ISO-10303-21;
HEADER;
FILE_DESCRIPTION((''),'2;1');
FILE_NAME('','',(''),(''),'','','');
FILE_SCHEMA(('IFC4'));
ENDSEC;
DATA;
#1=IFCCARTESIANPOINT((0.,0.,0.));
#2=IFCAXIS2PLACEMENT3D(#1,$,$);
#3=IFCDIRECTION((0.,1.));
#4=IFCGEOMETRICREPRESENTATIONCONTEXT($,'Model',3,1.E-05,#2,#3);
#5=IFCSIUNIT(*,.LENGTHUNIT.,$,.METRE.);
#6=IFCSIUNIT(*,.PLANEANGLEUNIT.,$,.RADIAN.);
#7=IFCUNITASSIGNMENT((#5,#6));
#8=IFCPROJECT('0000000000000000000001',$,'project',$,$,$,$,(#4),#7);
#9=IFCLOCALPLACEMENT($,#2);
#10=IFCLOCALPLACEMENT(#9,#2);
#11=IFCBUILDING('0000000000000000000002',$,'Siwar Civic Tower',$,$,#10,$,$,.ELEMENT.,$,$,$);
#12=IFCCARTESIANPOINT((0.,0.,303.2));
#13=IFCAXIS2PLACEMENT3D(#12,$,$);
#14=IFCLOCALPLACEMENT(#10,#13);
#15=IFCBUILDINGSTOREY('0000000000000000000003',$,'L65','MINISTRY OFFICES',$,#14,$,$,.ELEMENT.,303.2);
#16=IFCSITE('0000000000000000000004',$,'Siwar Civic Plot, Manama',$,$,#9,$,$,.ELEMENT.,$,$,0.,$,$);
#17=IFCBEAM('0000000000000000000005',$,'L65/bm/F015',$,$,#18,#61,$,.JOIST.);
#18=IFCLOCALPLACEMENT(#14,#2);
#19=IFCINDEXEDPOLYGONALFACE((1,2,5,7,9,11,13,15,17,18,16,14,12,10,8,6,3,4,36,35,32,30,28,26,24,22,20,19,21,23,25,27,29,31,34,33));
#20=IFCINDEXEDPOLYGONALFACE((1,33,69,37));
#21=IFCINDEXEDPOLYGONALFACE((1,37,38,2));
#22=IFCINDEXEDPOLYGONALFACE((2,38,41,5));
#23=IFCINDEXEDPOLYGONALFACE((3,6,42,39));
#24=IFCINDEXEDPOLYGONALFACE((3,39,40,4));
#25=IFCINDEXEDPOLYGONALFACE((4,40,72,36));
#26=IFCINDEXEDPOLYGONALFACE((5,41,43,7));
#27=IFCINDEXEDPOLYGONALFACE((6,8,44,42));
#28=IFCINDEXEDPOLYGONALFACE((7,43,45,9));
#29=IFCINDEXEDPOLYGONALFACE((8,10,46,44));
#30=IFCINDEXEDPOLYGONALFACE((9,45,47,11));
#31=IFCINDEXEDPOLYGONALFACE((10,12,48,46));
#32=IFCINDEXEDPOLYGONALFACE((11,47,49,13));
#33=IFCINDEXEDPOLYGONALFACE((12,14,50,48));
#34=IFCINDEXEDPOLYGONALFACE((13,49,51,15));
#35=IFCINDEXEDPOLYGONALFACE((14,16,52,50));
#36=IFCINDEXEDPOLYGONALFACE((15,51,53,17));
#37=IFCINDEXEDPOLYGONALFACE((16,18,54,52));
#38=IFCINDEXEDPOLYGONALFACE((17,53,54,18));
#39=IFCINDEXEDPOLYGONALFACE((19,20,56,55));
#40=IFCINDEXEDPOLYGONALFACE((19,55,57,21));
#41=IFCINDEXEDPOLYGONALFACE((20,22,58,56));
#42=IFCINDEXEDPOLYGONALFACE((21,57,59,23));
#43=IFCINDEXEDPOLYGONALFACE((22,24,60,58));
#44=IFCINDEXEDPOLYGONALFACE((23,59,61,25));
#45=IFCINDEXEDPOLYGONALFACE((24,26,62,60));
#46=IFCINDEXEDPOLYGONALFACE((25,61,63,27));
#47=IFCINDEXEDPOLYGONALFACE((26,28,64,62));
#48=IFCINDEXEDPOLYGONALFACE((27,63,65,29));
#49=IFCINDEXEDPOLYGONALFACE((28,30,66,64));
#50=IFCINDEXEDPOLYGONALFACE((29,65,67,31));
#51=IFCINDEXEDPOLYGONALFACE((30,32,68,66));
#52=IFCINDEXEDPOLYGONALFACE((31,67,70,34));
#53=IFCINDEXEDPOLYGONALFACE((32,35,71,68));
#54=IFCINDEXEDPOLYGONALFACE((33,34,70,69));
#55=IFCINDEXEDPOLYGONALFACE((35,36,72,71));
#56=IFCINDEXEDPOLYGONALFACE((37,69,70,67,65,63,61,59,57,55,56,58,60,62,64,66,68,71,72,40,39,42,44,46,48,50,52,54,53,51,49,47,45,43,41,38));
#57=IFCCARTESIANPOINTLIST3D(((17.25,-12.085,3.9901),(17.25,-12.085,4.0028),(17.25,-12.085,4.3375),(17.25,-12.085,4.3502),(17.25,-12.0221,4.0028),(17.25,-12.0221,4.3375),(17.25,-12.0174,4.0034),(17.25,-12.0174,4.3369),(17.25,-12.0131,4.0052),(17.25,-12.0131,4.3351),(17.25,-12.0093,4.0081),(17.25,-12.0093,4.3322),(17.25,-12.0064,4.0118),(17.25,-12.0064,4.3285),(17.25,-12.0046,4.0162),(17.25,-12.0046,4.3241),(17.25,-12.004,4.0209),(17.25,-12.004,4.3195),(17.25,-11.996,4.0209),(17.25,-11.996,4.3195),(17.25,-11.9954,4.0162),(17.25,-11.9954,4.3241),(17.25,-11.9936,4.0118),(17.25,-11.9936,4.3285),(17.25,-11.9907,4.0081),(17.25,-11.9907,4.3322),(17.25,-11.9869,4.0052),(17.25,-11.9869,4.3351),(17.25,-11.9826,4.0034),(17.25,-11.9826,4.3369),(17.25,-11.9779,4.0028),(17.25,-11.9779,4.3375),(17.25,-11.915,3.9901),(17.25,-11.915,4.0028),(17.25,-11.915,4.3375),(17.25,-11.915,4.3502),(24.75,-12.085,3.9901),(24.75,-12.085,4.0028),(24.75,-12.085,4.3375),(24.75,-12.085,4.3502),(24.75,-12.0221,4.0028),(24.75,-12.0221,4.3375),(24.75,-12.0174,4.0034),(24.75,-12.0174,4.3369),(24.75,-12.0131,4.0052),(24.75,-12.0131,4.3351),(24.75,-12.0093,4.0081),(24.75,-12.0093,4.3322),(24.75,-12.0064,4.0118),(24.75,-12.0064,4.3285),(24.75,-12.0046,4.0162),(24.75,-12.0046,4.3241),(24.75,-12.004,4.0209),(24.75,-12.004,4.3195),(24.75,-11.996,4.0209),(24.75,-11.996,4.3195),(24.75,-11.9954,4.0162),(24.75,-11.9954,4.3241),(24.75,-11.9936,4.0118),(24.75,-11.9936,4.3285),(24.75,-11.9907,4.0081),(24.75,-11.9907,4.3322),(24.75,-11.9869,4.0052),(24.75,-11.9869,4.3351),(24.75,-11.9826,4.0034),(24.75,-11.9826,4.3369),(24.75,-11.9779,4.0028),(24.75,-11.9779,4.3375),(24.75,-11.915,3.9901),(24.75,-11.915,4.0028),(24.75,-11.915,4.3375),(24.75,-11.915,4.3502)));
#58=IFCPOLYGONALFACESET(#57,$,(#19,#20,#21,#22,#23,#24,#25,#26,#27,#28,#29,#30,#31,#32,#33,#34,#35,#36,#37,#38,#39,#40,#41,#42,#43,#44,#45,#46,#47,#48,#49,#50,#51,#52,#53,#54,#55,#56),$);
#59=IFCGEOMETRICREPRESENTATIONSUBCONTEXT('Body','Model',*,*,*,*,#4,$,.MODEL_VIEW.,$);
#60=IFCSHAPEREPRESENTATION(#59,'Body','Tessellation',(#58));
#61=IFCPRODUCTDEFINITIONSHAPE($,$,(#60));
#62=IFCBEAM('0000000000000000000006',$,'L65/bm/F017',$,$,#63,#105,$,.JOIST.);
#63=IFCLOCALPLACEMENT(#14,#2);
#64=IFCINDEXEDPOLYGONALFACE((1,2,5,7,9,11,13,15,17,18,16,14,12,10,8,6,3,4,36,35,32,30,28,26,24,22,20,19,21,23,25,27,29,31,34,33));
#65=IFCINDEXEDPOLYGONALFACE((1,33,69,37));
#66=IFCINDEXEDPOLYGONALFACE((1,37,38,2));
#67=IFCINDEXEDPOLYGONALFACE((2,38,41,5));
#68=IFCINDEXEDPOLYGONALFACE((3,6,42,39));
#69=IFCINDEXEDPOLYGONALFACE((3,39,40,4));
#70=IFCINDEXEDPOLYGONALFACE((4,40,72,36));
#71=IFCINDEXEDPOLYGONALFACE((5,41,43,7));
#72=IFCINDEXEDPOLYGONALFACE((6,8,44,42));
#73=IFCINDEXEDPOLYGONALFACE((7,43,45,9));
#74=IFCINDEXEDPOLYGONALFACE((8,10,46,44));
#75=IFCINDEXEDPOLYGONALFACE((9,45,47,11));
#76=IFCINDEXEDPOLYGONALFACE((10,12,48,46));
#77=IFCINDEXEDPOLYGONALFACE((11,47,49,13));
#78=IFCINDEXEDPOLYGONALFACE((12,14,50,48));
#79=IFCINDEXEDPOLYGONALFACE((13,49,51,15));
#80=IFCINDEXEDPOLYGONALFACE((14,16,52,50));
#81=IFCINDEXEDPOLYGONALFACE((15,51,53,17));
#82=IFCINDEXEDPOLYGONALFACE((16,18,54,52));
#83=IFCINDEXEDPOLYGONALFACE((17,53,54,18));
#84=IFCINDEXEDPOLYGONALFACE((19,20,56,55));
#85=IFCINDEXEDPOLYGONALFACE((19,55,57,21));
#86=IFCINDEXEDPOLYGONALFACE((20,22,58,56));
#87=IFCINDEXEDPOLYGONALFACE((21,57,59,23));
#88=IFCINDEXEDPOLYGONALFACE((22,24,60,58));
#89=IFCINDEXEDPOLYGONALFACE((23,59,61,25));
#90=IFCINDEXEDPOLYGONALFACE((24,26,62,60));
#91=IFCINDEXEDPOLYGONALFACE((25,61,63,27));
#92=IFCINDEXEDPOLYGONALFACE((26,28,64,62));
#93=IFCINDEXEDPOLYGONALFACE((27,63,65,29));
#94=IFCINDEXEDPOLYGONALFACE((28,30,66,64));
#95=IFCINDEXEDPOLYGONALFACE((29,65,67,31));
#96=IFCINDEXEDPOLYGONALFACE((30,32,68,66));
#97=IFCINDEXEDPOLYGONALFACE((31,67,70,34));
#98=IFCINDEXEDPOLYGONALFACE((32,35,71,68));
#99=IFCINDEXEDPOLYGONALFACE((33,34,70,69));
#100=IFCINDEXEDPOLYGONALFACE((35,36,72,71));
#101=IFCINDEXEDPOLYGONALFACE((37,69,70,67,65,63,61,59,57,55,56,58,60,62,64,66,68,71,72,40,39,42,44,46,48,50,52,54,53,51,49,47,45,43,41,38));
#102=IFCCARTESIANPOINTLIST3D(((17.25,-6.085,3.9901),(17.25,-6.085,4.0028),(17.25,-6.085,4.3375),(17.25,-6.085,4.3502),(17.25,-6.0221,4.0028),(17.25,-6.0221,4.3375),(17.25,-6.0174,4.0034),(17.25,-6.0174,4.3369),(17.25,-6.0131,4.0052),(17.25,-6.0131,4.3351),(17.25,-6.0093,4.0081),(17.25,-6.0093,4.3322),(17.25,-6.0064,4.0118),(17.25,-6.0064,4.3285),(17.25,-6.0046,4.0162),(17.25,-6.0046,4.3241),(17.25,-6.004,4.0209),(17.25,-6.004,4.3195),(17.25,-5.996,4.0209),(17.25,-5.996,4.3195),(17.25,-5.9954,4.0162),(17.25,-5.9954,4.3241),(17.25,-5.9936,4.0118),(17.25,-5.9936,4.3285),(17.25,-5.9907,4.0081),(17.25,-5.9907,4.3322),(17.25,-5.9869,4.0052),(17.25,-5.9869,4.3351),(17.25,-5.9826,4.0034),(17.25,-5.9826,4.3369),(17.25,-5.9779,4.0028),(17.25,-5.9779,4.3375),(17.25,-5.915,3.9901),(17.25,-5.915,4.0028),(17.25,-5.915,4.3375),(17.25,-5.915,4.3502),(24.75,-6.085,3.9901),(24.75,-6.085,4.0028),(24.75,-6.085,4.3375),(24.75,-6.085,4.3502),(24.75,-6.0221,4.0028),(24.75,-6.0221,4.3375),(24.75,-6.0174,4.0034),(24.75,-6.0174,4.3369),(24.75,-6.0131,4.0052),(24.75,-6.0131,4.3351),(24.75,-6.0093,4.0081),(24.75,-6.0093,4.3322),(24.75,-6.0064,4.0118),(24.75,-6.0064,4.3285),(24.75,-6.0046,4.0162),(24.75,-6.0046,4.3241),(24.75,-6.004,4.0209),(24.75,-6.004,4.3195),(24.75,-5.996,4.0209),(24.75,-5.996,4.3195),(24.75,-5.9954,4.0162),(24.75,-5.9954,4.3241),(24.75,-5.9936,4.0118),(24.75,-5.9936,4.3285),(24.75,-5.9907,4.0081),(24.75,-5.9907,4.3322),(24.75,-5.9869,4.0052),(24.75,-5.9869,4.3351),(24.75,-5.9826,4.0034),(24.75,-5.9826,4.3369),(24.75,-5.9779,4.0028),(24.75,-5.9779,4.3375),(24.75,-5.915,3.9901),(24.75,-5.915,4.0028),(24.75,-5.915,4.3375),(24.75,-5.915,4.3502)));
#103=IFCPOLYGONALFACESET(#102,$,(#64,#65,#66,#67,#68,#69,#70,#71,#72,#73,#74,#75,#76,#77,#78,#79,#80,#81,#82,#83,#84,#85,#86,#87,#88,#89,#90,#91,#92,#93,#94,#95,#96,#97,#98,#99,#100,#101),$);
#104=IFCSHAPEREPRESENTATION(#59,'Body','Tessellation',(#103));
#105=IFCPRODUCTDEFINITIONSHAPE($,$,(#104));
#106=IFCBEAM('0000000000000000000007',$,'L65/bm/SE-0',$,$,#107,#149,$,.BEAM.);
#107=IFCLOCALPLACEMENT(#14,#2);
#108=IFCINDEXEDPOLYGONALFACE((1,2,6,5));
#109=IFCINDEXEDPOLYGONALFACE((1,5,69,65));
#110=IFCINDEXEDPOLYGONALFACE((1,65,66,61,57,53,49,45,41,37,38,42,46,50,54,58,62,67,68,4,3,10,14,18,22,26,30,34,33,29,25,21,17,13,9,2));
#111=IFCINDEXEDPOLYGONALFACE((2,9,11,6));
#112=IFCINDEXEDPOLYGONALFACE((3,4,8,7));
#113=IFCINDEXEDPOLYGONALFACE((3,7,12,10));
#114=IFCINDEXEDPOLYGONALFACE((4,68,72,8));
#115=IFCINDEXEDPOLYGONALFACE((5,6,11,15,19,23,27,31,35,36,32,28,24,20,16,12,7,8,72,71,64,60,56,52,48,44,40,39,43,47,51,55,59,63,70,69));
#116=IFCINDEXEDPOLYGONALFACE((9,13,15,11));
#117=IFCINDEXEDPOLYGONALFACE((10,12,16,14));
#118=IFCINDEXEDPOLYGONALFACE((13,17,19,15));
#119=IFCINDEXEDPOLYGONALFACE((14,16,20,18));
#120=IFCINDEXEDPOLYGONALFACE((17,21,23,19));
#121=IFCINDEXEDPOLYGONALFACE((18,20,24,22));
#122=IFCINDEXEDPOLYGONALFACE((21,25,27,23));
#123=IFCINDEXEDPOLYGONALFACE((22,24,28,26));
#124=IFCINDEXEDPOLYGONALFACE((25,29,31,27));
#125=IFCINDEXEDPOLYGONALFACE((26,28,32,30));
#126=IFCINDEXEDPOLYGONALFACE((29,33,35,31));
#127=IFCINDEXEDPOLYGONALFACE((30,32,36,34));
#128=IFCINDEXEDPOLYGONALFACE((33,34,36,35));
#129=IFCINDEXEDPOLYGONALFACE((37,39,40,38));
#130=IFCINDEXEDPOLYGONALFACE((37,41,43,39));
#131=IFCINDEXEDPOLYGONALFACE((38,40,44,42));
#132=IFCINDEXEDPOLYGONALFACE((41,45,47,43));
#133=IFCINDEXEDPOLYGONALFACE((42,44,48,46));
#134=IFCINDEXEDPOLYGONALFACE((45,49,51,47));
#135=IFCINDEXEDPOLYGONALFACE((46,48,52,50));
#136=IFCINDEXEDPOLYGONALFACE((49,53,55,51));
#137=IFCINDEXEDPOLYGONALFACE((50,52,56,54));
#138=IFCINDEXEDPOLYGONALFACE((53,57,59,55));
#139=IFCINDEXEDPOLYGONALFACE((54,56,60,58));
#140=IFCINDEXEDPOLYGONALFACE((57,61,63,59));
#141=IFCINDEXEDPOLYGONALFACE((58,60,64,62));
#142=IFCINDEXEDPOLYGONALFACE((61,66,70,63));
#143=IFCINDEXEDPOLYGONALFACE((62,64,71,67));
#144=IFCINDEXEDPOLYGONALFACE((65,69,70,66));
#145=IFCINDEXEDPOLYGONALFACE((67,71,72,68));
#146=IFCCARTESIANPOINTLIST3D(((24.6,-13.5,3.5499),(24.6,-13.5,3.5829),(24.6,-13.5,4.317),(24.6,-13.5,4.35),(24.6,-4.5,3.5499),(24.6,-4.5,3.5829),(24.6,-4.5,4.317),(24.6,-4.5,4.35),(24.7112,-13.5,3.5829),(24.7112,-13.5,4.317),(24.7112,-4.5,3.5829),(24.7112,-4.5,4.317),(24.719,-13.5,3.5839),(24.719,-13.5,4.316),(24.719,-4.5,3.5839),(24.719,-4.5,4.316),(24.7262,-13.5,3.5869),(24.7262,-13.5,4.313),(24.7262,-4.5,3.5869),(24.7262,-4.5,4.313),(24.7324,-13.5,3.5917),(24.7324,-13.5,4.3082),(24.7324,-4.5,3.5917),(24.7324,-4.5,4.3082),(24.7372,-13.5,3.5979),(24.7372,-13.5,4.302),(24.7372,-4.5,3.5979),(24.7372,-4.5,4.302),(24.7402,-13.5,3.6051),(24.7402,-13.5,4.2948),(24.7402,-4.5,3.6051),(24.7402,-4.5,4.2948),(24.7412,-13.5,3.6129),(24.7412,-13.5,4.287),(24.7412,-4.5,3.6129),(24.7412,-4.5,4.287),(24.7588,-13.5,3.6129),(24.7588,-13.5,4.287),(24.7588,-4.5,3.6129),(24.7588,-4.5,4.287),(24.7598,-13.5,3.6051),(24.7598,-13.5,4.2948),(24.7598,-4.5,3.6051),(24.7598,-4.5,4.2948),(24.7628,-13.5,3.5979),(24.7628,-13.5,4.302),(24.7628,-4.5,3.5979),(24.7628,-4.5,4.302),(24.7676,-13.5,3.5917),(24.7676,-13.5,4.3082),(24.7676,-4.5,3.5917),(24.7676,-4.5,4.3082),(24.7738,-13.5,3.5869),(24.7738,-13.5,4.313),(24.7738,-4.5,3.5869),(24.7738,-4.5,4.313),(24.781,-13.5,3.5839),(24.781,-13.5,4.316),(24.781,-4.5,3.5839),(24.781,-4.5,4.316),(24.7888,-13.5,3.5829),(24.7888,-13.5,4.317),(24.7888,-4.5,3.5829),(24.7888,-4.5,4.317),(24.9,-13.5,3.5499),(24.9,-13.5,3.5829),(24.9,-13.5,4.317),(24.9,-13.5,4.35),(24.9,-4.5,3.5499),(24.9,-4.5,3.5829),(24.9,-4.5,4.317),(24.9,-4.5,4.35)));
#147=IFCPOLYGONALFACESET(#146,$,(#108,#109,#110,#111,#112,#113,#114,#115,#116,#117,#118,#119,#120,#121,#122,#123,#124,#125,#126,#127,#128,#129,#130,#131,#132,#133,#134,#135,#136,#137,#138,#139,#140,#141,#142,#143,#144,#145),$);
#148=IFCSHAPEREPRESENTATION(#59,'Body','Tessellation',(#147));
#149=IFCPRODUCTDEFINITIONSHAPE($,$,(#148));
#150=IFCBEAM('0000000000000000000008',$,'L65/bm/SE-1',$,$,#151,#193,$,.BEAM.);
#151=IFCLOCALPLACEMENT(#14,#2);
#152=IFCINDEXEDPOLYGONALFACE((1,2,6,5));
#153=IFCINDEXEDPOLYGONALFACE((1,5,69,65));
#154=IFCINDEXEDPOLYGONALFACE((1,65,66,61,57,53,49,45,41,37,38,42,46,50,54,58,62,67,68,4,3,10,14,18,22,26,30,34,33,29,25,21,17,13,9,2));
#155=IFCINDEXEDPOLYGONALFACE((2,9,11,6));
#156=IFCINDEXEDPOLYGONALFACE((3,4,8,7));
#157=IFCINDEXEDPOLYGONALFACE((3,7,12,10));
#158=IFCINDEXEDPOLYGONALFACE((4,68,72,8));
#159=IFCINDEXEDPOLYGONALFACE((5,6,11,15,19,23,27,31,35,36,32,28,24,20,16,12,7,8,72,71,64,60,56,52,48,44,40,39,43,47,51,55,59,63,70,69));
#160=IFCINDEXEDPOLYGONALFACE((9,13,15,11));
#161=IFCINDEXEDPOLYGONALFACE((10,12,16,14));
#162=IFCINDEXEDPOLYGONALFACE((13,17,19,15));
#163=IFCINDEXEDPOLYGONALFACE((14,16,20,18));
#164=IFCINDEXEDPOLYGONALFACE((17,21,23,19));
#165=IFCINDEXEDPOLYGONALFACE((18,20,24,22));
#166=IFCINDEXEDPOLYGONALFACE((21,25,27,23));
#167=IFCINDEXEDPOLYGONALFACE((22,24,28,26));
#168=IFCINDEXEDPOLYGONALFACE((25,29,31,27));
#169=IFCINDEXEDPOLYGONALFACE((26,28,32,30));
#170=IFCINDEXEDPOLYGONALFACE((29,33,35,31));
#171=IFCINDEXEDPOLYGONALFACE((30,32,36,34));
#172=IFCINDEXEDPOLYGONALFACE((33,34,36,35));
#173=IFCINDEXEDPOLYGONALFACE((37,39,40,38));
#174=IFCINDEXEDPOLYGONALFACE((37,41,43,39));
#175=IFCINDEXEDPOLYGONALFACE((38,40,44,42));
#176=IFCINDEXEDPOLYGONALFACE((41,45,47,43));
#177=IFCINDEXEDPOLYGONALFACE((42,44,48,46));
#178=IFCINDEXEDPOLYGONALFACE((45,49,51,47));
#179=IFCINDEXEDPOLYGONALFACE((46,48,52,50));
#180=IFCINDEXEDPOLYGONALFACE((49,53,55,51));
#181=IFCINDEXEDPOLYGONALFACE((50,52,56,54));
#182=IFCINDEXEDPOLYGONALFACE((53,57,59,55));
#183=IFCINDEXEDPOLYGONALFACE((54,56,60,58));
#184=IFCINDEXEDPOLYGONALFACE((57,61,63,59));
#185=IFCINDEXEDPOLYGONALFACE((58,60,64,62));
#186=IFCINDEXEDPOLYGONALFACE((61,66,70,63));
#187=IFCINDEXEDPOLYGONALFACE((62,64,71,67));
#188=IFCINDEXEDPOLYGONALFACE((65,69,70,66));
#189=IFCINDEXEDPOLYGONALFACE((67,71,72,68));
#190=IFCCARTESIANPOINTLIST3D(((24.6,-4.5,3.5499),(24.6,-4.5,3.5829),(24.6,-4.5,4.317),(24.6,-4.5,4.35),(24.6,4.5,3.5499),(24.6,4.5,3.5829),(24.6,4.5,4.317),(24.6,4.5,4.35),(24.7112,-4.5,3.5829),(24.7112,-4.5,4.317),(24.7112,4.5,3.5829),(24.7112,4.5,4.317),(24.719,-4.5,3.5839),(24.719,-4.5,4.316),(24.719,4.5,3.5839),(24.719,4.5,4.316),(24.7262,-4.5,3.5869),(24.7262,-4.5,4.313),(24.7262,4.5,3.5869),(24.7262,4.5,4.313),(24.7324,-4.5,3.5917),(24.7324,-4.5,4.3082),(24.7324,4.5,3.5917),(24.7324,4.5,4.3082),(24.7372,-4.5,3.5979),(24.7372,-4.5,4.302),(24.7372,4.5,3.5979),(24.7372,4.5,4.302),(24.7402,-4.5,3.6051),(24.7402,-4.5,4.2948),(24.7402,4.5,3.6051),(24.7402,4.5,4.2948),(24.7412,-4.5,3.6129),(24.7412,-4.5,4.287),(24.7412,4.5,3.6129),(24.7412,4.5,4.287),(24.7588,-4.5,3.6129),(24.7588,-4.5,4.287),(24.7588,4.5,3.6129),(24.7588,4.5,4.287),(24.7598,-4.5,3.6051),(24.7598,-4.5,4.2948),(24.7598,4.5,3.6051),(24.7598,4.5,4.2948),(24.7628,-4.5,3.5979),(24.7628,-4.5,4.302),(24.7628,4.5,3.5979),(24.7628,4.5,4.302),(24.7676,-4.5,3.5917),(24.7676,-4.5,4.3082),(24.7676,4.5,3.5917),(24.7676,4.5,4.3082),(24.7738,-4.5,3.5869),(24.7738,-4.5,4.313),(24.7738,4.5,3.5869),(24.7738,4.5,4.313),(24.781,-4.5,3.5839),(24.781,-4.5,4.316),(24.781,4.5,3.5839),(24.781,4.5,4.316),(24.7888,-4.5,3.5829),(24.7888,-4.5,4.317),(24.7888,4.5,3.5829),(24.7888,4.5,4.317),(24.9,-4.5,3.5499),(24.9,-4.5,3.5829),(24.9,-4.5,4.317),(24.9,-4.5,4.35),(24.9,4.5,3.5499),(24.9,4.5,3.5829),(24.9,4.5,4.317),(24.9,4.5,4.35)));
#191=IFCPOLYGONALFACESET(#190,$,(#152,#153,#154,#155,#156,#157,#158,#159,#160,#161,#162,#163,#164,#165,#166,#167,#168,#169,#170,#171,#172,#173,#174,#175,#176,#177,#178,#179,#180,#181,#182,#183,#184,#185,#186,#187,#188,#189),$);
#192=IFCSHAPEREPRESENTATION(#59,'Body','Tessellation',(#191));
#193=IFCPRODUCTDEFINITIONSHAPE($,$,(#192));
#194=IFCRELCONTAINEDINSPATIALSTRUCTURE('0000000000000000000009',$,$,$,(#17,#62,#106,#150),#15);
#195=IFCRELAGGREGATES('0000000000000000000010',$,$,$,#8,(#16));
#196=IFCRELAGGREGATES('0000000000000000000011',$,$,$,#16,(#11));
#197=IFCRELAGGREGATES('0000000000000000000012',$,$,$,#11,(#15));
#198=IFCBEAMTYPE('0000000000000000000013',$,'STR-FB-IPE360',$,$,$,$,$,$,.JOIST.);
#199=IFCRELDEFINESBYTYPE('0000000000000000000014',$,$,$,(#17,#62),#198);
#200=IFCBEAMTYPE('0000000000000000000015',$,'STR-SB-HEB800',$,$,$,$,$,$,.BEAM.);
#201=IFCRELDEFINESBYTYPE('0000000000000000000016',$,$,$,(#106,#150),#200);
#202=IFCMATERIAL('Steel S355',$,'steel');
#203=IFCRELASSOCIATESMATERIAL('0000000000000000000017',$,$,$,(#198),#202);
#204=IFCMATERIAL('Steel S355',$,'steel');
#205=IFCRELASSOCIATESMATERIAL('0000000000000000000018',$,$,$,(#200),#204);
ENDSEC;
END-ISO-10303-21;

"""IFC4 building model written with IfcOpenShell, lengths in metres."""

from ifc_helpers import new_model, si_unit, direction, frame, origin, origin_2d, place, context, subcontext, project, spatial, i_section, extrude, material, material_profile, profile_set, type_object, element, save


model = new_model("IFC4")

# Units and contexts
model_context = context("Model", 3, precision=1e-05, world=origin(), true_north=direction((0.0, 1.0)))
body_context = subcontext(model_context, "Body", "Model", "MODEL_VIEW")
ifc_project = project(units=[si_unit("LENGTHUNIT", "METRE"), si_unit("PLANEANGLEUNIT", "RADIAN")], contexts=[model_context])

# Site, building, storey
site_placement = place(None, origin())
site = spatial("IfcSite", under=ifc_project, at=site_placement, Name="Siwar Civic Plot, Manama", CompositionType="ELEMENT", RefElevation=0.0)
building_placement = place(site_placement, origin())
building = spatial("IfcBuilding", under=site, at=building_placement, Name="Siwar Civic Tower", CompositionType="ELEMENT")
storey_placement = place(building_placement, frame((0.0, 0.0, 303.2)))
storey = spatial("IfcBuildingStorey", under=building, at=storey_placement, Name="L65", Description="MINISTRY OFFICES", CompositionType="ELEMENT", Elevation=303.2)

# Beams
ifc_material_1 = material(Name="Steel S355", Category="steel")
ifc_material_profile_1 = material_profile(ifc_material_1, i_section(OverallWidth=0.1699, OverallDepth=0.3601, WebThickness=0.0081, FlangeThickness=0.0127, FilletRadius=0.0181, at=origin_2d()), Name="IPE360")
ifc_profile_set_1 = profile_set([ifc_material_profile_1], Name="Steel S355")
beam_type_1 = type_object("IfcBeamType", Name="STR-FB-IPE360", PredefinedType="JOIST", material=ifc_profile_set_1)
for number, where, z_axis, x_axis, name in (
    (1, (17.25, -12.0, 4.1702), (1.0, 0.0, 0.0), (0.0, 1.0, 0.0), "L65/bm/F015"),
    (2, (17.25, -6.0, 4.1702), (1.0, 0.0, 0.0), (0.0, 1.0, 0.0), "L65/bm/F017"),
):
    element("IfcBeam", number, at=place(storey_placement, frame(where, z_axis=z_axis, x_axis=x_axis)), inside=storey, type_object=beam_type_1, Name=name, PredefinedType="JOIST", context=body_context, shape_type="SweptSolid", body=[
        extrude(i_section(OverallWidth=0.1699, OverallDepth=0.3601, WebThickness=0.0081, FlangeThickness=0.0127, FilletRadius=0.0181, at=origin_2d()), origin(), (0.0, 0.0, 1.0), 7.5),
    ])
ifc_material_2 = material(Name="Steel S355", Category="steel")
ifc_material_profile_2 = material_profile(ifc_material_2, i_section(OverallWidth=0.3, OverallDepth=0.8, WebThickness=0.0176, FlangeThickness=0.033, FilletRadius=0.03, at=origin_2d()), Name="HEB800")
ifc_profile_set_2 = profile_set([ifc_material_profile_2], Name="Steel S355")
beam_type_2 = type_object("IfcBeamType", Name="STR-SB-HEB800", PredefinedType="BEAM", material=ifc_profile_set_2)
for number, where, z_axis, x_axis, name in (
    (3, (24.75, -13.5, 3.95), (0.0, 1.0, 0.0), (-1.0, 0.0, 0.0), "L65/bm/SE-0"),
    (4, (24.75, -4.5, 3.95), (0.0, 1.0, 0.0), (-1.0, 0.0, 0.0), "L65/bm/SE-1"),
):
    element("IfcBeam", number, at=place(storey_placement, frame(where, z_axis=z_axis, x_axis=x_axis)), inside=storey, type_object=beam_type_2, Name=name, PredefinedType="BEAM", context=body_context, shape_type="SweptSolid", body=[
        extrude(i_section(OverallWidth=0.3, OverallDepth=0.8, WebThickness=0.0176, FlangeThickness=0.033, FilletRadius=0.03, at=origin_2d()), origin(), (0.0, 0.0, 1.0), 9.0),
    ])

save(model, "model.ifc")
